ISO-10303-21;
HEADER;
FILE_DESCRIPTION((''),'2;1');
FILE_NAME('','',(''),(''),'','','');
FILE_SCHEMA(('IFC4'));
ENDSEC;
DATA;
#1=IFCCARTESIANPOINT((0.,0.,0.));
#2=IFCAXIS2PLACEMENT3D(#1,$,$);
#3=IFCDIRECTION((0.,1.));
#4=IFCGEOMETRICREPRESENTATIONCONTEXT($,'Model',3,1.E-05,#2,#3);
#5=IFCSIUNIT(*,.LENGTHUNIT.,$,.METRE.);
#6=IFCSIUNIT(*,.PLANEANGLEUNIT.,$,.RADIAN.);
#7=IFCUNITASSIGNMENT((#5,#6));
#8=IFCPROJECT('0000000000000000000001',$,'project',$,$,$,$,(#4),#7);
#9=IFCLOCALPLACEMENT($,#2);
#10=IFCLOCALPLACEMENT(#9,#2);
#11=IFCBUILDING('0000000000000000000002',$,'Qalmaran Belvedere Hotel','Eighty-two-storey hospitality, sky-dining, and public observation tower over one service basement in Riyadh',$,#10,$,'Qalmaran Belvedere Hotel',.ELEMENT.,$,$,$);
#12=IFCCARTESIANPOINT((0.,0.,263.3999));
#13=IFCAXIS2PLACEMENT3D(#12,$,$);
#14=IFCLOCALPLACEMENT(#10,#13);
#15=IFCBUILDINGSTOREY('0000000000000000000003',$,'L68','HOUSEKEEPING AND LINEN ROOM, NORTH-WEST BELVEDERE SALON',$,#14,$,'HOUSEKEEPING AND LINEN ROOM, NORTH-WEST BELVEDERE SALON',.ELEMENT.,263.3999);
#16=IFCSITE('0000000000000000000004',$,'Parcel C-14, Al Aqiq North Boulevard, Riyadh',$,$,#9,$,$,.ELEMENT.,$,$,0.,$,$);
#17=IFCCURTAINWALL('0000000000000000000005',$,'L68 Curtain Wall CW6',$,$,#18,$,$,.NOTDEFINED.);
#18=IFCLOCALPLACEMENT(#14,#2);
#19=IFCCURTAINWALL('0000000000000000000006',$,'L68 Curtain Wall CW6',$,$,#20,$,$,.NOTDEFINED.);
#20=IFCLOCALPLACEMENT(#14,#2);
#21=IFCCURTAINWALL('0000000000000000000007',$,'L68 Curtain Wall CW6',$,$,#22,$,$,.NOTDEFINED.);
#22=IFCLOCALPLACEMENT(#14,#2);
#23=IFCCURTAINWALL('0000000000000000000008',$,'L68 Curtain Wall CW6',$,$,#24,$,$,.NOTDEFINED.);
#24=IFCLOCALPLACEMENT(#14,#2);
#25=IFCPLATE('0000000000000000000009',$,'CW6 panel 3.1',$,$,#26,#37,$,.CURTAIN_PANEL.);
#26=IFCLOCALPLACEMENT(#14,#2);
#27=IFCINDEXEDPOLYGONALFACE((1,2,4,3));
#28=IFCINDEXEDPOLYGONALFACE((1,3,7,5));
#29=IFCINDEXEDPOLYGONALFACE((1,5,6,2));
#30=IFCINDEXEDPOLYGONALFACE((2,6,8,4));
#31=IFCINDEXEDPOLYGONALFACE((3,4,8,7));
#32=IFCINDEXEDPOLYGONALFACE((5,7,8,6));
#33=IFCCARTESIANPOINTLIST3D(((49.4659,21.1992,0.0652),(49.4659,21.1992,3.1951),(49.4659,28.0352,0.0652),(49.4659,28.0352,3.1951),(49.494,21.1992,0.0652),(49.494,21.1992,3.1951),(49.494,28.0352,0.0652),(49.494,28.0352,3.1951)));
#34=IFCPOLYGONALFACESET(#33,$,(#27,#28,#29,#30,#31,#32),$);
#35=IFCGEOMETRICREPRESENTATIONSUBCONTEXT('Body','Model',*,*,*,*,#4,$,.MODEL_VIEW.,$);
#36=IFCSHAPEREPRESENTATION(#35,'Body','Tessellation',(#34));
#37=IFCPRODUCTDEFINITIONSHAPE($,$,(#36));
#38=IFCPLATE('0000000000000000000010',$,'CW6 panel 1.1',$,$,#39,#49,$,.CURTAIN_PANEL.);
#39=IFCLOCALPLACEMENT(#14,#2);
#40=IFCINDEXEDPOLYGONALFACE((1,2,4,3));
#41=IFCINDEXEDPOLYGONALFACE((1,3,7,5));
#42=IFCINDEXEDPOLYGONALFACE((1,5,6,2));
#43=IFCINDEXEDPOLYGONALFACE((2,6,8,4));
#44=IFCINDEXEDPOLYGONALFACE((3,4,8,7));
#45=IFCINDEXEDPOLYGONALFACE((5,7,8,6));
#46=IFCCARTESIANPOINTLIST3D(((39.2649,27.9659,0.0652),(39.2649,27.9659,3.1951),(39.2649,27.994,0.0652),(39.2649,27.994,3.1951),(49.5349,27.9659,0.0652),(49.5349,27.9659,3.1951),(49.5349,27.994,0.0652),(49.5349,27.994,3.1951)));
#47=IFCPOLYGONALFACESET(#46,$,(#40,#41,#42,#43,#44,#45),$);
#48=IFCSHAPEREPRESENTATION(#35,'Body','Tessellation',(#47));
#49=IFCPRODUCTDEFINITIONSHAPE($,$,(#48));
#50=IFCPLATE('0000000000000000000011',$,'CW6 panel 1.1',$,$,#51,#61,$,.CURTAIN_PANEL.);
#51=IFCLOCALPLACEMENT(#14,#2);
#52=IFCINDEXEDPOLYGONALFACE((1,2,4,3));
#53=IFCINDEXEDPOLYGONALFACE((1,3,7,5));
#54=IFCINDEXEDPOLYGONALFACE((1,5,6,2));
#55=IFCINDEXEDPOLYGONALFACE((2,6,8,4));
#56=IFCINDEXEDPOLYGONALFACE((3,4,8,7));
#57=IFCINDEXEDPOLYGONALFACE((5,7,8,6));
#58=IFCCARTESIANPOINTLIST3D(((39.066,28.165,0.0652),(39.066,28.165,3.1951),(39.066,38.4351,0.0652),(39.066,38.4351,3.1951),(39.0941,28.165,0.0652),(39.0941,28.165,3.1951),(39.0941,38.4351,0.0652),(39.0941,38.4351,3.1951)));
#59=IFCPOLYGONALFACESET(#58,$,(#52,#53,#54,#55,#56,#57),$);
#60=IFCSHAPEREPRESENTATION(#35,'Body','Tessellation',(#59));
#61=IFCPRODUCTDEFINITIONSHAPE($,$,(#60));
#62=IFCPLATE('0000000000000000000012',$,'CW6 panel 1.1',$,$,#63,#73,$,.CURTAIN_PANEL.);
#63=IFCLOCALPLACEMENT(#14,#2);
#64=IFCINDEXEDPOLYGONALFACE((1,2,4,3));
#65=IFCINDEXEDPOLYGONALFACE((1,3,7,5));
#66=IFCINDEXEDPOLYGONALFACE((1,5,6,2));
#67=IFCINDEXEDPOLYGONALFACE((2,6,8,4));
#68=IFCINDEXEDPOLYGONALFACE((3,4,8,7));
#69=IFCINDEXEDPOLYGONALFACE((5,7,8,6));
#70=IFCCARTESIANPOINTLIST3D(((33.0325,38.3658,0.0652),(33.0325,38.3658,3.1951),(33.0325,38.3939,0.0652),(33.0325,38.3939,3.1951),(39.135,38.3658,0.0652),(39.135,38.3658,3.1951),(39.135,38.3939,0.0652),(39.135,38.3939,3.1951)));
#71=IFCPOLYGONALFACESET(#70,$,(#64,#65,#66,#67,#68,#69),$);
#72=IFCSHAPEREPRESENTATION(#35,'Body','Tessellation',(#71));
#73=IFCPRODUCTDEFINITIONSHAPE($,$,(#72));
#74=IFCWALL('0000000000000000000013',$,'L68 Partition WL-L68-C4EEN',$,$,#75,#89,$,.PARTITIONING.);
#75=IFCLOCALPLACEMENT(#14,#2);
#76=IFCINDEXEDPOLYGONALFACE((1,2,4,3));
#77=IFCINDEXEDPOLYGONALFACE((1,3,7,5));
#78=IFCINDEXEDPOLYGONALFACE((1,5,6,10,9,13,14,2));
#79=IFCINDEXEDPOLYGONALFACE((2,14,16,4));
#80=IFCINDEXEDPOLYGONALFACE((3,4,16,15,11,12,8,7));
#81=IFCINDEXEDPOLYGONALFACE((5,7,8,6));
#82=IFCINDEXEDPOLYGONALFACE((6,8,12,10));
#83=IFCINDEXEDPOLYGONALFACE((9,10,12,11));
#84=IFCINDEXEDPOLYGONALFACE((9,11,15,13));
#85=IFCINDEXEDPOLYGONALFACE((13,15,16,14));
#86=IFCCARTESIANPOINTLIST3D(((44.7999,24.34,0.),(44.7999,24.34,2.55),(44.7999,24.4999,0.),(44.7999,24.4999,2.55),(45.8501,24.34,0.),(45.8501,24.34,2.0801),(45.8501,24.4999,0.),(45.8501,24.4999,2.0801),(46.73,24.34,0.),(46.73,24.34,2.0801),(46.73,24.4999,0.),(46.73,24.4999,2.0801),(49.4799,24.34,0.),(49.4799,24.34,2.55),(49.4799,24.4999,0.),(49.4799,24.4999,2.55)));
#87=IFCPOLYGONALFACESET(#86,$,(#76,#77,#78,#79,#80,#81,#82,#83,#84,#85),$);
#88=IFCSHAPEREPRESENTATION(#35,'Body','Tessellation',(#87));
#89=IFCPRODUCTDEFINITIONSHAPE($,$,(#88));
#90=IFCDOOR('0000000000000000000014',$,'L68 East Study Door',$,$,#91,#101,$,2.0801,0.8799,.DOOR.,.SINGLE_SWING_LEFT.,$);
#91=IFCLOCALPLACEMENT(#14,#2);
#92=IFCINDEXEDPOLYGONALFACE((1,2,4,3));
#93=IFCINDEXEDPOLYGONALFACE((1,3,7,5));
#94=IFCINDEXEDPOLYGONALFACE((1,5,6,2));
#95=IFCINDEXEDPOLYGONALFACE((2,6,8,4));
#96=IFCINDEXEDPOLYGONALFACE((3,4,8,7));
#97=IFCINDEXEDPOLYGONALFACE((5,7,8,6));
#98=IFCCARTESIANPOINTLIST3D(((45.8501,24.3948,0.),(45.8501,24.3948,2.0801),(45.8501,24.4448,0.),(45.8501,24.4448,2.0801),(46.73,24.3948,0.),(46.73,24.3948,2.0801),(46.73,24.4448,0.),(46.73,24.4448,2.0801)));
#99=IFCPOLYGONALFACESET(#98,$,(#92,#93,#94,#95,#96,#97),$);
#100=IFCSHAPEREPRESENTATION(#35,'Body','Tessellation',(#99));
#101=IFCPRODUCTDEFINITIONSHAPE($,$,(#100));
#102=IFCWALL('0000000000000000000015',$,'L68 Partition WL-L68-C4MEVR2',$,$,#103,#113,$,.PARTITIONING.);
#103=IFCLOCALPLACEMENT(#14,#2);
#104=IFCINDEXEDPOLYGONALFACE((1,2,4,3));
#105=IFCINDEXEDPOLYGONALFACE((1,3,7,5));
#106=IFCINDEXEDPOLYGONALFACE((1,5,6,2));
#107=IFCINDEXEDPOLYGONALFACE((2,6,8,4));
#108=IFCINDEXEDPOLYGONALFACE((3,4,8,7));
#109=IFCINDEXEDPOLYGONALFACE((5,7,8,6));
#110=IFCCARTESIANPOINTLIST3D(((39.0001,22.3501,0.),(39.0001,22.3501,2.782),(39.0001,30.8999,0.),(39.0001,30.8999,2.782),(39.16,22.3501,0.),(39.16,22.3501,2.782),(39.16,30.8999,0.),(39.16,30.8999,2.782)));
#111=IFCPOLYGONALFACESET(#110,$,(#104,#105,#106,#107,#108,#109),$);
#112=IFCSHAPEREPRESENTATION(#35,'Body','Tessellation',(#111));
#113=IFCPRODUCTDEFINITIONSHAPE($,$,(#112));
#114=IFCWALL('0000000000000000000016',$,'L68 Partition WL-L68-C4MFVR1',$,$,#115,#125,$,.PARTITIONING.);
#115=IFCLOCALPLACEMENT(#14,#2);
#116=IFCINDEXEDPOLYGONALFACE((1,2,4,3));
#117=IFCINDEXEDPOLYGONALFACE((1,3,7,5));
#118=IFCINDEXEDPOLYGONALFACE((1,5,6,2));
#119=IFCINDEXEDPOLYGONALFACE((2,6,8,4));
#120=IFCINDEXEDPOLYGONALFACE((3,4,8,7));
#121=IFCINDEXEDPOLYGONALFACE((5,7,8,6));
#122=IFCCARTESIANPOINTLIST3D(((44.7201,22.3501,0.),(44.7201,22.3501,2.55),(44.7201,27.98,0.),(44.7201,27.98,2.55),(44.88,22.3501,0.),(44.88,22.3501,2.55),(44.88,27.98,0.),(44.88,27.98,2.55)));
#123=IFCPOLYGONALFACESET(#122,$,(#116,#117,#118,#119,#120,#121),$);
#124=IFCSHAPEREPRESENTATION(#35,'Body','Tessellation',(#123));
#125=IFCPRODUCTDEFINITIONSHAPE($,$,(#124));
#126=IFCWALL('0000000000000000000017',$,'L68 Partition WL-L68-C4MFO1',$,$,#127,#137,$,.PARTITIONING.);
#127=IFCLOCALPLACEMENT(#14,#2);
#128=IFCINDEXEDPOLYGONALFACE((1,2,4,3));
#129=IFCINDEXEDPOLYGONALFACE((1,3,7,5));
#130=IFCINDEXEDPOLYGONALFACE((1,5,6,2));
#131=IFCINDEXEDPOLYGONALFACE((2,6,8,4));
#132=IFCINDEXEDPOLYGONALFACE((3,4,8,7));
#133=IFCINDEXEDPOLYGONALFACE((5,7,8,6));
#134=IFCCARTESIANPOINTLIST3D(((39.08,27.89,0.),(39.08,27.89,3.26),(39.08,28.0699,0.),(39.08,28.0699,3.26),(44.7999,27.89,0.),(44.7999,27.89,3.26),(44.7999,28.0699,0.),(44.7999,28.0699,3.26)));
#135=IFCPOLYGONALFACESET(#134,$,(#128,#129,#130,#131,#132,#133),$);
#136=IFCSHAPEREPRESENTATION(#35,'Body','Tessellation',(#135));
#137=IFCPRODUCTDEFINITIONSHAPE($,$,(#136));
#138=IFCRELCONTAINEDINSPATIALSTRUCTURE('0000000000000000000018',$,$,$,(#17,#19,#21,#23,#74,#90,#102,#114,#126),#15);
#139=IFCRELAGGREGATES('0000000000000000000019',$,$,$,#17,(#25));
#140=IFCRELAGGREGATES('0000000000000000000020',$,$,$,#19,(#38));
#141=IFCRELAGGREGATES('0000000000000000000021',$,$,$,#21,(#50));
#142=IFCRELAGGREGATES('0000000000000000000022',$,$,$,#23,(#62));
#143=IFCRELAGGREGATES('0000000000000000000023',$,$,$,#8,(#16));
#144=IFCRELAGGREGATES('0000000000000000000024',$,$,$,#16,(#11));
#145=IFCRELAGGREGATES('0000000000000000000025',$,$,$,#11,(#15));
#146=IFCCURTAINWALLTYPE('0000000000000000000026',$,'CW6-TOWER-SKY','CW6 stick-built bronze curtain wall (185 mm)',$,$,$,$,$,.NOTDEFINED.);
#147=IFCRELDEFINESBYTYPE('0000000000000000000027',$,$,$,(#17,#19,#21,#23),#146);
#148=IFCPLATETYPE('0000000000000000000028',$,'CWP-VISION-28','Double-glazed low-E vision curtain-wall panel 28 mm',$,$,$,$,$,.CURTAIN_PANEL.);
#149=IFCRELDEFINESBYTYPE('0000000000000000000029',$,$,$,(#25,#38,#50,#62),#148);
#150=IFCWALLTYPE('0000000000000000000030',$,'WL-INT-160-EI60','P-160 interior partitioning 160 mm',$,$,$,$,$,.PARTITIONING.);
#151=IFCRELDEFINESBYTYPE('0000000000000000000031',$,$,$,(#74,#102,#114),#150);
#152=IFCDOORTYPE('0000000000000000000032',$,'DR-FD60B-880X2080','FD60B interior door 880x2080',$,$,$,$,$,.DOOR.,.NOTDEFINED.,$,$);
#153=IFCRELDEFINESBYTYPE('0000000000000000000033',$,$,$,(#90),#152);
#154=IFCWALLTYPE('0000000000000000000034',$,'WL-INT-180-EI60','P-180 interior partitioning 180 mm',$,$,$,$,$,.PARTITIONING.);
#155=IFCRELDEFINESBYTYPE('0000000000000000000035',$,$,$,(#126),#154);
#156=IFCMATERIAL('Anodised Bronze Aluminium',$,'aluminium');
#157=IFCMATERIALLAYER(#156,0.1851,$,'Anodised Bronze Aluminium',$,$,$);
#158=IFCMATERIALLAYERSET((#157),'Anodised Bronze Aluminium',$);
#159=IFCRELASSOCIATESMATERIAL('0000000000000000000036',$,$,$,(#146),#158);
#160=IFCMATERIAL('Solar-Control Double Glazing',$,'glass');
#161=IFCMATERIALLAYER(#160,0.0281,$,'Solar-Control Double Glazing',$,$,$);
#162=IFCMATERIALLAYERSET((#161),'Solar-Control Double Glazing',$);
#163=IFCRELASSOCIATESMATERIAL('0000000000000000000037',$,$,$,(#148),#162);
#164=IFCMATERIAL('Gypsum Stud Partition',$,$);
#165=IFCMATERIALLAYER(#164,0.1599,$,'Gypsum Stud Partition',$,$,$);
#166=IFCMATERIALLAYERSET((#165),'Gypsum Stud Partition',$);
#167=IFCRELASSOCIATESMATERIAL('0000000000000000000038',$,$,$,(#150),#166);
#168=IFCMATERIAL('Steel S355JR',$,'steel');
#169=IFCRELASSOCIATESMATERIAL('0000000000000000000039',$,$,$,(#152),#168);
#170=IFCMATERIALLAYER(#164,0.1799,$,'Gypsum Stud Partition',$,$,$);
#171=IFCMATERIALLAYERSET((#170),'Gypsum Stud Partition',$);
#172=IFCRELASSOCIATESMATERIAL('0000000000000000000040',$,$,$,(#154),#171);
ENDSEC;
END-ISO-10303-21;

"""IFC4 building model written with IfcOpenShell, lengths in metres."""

from ifc_helpers import new_model, si_unit, direction, frame, frame_2d, origin, origin_2d, place, context, subcontext, project, spatial, rectangle, extrude, material, layer, layer_set, type_object, element, fill, aggregate, save


model = new_model("IFC4")

# Units and contexts
model_context = context("Model", 3, precision=1e-05, world=origin(), true_north=direction((0.0, 1.0)))
body_context = subcontext(model_context, "Body", "Model", "MODEL_VIEW")
ifc_project = project(units=[si_unit("LENGTHUNIT", "METRE"), si_unit("PLANEANGLEUNIT", "RADIAN")], contexts=[model_context])

# Site, building, storey
site_placement = place(None, origin())
site = spatial("IfcSite", under=ifc_project, at=site_placement, Name="Parcel C-14, Al Aqiq North Boulevard, Riyadh", CompositionType="ELEMENT", RefElevation=0.0)
building_placement = place(site_placement, origin())
building = spatial("IfcBuilding", under=site, at=building_placement, Name="Qalmaran Belvedere Hotel", Description="Eighty-two-storey hospitality, sky-dining, and public observation tower over one service basement in Riyadh", LongName="Qalmaran Belvedere Hotel", CompositionType="ELEMENT")
storey_placement = place(building_placement, frame((0.0, 0.0, 263.3999)))
storey = spatial("IfcBuildingStorey", under=building, at=storey_placement, Name="L68", Description="HOUSEKEEPING AND LINEN ROOM, NORTH-WEST BELVEDERE SALON", LongName="HOUSEKEEPING AND LINEN ROOM, NORTH-WEST BELVEDERE SALON", CompositionType="ELEMENT", Elevation=263.3999)

# Shared definitions
ifc_material_1 = material(Name="Steel S355JR", Category="steel")

# Curtain walls
ifc_material_2 = material(Name="Anodised Bronze Aluminium", Category="aluminium")
ifc_layer_1 = layer(ifc_material_2, 0.1851, Name="Anodised Bronze Aluminium")
ifc_layer_set_1 = layer_set([ifc_layer_1], Name="Anodised Bronze Aluminium")
curtain_wall_type = type_object("IfcCurtainWallType", Name="CW6-TOWER-SKY", Description="CW6 stick-built bronze curtain wall (185 mm)", PredefinedType="NOTDEFINED", material=ifc_layer_set_1)
curtain_wall_1_placement = place(storey_placement, origin())
curtain_wall_1 = element("IfcCurtainWall", 1, at=curtain_wall_1_placement, inside=storey, type_object=curtain_wall_type, Name="L68 Curtain Wall CW6", PredefinedType="NOTDEFINED")
curtain_wall_2_placement = place(storey_placement, origin())
curtain_wall_2 = element("IfcCurtainWall", 2, at=curtain_wall_2_placement, inside=storey, type_object=curtain_wall_type, Name="L68 Curtain Wall CW6", PredefinedType="NOTDEFINED")
curtain_wall_3_placement = place(storey_placement, origin())
curtain_wall_3 = element("IfcCurtainWall", 3, at=curtain_wall_3_placement, inside=storey, type_object=curtain_wall_type, Name="L68 Curtain Wall CW6", PredefinedType="NOTDEFINED")

# Curtain wall
curtain_wall_4_placement = place(storey_placement, origin())
curtain_wall_4 = element("IfcCurtainWall", 4, at=curtain_wall_4_placement, inside=storey, type_object=curtain_wall_type, Name="L68 Curtain Wall CW6", PredefinedType="NOTDEFINED")

# Plates
ifc_material_3 = material(Name="Solar-Control Double Glazing", Category="glass")
ifc_layer_2 = layer(ifc_material_3, 0.0281, Name="Solar-Control Double Glazing")
ifc_layer_set_2 = layer_set([ifc_layer_2], Name="Solar-Control Double Glazing")
plate_type = type_object("IfcPlateType", Name="CWP-VISION-28", Description="Double-glazed low-E vision curtain-wall panel 28 mm", PredefinedType="CURTAIN_PANEL", material=ifc_layer_set_2)
plate_1_placement = place(storey_placement, frame((49.48, 24.6172, 0.0652), z_axis=(0.0, 0.0, 1.0), x_axis=(0.0, 1.0, 0.0)))
plate_1 = element("IfcPlate", 5, at=plate_1_placement, type_object=plate_type, Name="CW6 panel 3.1", PredefinedType="CURTAIN_PANEL", context=body_context, shape_type="SweptSolid", body=[
    extrude(rectangle(XDim=6.8359, YDim=0.0281, at=origin_2d()), origin(), (0.0, 0.0, 1.0), 3.1299),
])
aggregate(curtain_wall_1, [plate_1])
plate_2_placement = place(storey_placement, frame((44.3999, 27.98, 0.0652), z_axis=(0.0, 0.0, 1.0), x_axis=(-1.0, 0.0, 0.0)))
plate_2 = element("IfcPlate", 6, at=plate_2_placement, type_object=plate_type, Name="CW6 panel 1.1", PredefinedType="CURTAIN_PANEL", context=body_context, shape_type="SweptSolid", body=[
    extrude(rectangle(XDim=10.27, YDim=0.0281, at=origin_2d()), origin(), (0.0, 0.0, 1.0), 3.1299),
])
aggregate(curtain_wall_2, [plate_2])
plate_3_placement = place(storey_placement, frame((39.0801, 33.3, 0.0652), z_axis=(0.0, 0.0, 1.0), x_axis=(0.0, 1.0, 0.0)))
plate_3 = element("IfcPlate", 7, at=plate_3_placement, type_object=plate_type, Name="CW6 panel 1.1", PredefinedType="CURTAIN_PANEL", context=body_context, shape_type="SweptSolid", body=[
    extrude(rectangle(XDim=10.27, YDim=0.0281, at=origin_2d()), origin(), (0.0, 0.0, 1.0), 3.1299),
])
aggregate(curtain_wall_3, [plate_3])
plate_4_placement = place(storey_placement, frame((36.0837, 38.3799, 0.0652), z_axis=(0.0, 0.0, 1.0), x_axis=(-1.0, 0.0, 0.0)))
plate_4 = element("IfcPlate", 8, at=plate_4_placement, type_object=plate_type, Name="CW6 panel 1.1", PredefinedType="CURTAIN_PANEL", context=body_context, shape_type="SweptSolid", body=[
    extrude(rectangle(XDim=6.1025, YDim=0.0281, at=origin_2d()), origin(), (0.0, 0.0, 1.0), 3.1299),
])
aggregate(curtain_wall_4, [plate_4])

# Wall, opening, door
ifc_material_4 = material(Name="Gypsum Stud Partition")
ifc_layer_3 = layer(ifc_material_4, 0.1599, Name="Gypsum Stud Partition")
ifc_layer_set_3 = layer_set([ifc_layer_3], Name="Gypsum Stud Partition")
wall_type_1 = type_object("IfcWallType", Name="WL-INT-160-EI60", Description="P-160 interior partitioning 160 mm", PredefinedType="PARTITIONING", material=ifc_layer_set_3)
wall_1_placement = place(storey_placement, frame((44.8, 24.4199, 0.0), z_axis=(0.0, 0.0, 1.0), x_axis=(1.0, 0.0, 0.0)))
wall_1 = element("IfcWall", 9, at=wall_1_placement, inside=storey, type_object=wall_type_1, Name="L68 Partition WL-L68-C4EEN", PredefinedType="PARTITIONING", context=body_context, shape_type="SweptSolid", body=[
    extrude(rectangle(XDim=4.6799, YDim=0.1599, at=frame_2d((2.3398, 0.0))), origin(), (0.0, 0.0, 1.0), 2.55),
])
opening_1_placement = place(wall_1_placement, frame((1.05, 0.0, 0.0)))
opening_1 = element("IfcOpeningElement", 10, at=opening_1_placement, cuts=wall_1, PredefinedType="OPENING", context=body_context, shape_type="SweptSolid", body=[
    extrude(rectangle(XDim=0.8799, YDim=2.0801, at=frame_2d((0.4399, 1.04))), frame((0.0, 0.0898, 0.0), z_axis=(0.0, -1.0, 0.0), x_axis=(1.0, 0.0, 0.0)), (0.0, 0.0, 1.0), 0.1799),
])
door_type_1 = type_object("IfcDoorType", Name="DR-FD60B-880X2080", Description="FD60B interior door 880x2080", OperationType="NOTDEFINED", PredefinedType="DOOR", material=ifc_material_1)
door_1_placement = place(opening_1_placement, origin())
door_1 = element("IfcDoor", 11, at=door_1_placement, inside=storey, type_object=door_type_1, Name="L68 East Study Door", OperationType="SINGLE_SWING_LEFT", OverallHeight=2.0801, OverallWidth=0.8799, PredefinedType="DOOR", context=body_context, shape_type="SweptSolid", body=[
    extrude(rectangle(XDim=0.8799, YDim=2.0801, at=frame_2d((0.4399, 1.04))), frame((0.0, 0.0249, 0.0), z_axis=(0.0, -1.0, 0.0), x_axis=(1.0, 0.0, 0.0)), (0.0, 0.0, 1.0), 0.05),
])
fill(opening_1, door_1)

# Walls
wall_2_placement = place(storey_placement, frame((39.0801, 22.3501, 0.0), z_axis=(0.0, 0.0, 1.0), x_axis=(0.0, 1.0, 0.0)))
element("IfcWall", 12, at=wall_2_placement, inside=storey, type_object=wall_type_1, Name="L68 Partition WL-L68-C4MEVR2", PredefinedType="PARTITIONING", context=body_context, shape_type="SweptSolid", body=[
    extrude(rectangle(XDim=8.5498, YDim=0.1599, at=frame_2d((4.2749, 0.0))), origin(), (0.0, 0.0, 1.0), 2.782),
])
wall_3_placement = place(storey_placement, frame((44.8, 22.3501, 0.0), z_axis=(0.0, 0.0, 1.0), x_axis=(0.0, 1.0, 0.0)))
element("IfcWall", 13, at=wall_3_placement, inside=storey, type_object=wall_type_1, Name="L68 Partition WL-L68-C4MFVR1", PredefinedType="PARTITIONING", context=body_context, shape_type="SweptSolid", body=[
    extrude(rectangle(XDim=5.6299, YDim=0.1599, at=frame_2d((2.8149, 0.0))), origin(), (0.0, 0.0, 1.0), 2.55),
])

# Shared definitions
ifc_layer_4 = layer(ifc_material_4, 0.1799, Name="Gypsum Stud Partition")
ifc_layer_set_4 = layer_set([ifc_layer_4], Name="Gypsum Stud Partition")
wall_type_2 = type_object("IfcWallType", Name="WL-INT-180-EI60", Description="P-180 interior partitioning 180 mm", PredefinedType="PARTITIONING", material=ifc_layer_set_4)

# Wall
wall_4_placement = place(storey_placement, frame((39.0801, 27.98, 0.0), z_axis=(0.0, 0.0, 1.0), x_axis=(1.0, 0.0, 0.0)))
element("IfcWall", 14, at=wall_4_placement, inside=storey, type_object=wall_type_2, Name="L68 Partition WL-L68-C4MFO1", PredefinedType="PARTITIONING", context=body_context, shape_type="SweptSolid", body=[
    extrude(rectangle(XDim=5.72, YDim=0.1799, at=frame_2d((2.8599, 0.0))), origin(), (0.0, 0.0, 1.0), 3.26),
])

save(model, "model.ifc")
